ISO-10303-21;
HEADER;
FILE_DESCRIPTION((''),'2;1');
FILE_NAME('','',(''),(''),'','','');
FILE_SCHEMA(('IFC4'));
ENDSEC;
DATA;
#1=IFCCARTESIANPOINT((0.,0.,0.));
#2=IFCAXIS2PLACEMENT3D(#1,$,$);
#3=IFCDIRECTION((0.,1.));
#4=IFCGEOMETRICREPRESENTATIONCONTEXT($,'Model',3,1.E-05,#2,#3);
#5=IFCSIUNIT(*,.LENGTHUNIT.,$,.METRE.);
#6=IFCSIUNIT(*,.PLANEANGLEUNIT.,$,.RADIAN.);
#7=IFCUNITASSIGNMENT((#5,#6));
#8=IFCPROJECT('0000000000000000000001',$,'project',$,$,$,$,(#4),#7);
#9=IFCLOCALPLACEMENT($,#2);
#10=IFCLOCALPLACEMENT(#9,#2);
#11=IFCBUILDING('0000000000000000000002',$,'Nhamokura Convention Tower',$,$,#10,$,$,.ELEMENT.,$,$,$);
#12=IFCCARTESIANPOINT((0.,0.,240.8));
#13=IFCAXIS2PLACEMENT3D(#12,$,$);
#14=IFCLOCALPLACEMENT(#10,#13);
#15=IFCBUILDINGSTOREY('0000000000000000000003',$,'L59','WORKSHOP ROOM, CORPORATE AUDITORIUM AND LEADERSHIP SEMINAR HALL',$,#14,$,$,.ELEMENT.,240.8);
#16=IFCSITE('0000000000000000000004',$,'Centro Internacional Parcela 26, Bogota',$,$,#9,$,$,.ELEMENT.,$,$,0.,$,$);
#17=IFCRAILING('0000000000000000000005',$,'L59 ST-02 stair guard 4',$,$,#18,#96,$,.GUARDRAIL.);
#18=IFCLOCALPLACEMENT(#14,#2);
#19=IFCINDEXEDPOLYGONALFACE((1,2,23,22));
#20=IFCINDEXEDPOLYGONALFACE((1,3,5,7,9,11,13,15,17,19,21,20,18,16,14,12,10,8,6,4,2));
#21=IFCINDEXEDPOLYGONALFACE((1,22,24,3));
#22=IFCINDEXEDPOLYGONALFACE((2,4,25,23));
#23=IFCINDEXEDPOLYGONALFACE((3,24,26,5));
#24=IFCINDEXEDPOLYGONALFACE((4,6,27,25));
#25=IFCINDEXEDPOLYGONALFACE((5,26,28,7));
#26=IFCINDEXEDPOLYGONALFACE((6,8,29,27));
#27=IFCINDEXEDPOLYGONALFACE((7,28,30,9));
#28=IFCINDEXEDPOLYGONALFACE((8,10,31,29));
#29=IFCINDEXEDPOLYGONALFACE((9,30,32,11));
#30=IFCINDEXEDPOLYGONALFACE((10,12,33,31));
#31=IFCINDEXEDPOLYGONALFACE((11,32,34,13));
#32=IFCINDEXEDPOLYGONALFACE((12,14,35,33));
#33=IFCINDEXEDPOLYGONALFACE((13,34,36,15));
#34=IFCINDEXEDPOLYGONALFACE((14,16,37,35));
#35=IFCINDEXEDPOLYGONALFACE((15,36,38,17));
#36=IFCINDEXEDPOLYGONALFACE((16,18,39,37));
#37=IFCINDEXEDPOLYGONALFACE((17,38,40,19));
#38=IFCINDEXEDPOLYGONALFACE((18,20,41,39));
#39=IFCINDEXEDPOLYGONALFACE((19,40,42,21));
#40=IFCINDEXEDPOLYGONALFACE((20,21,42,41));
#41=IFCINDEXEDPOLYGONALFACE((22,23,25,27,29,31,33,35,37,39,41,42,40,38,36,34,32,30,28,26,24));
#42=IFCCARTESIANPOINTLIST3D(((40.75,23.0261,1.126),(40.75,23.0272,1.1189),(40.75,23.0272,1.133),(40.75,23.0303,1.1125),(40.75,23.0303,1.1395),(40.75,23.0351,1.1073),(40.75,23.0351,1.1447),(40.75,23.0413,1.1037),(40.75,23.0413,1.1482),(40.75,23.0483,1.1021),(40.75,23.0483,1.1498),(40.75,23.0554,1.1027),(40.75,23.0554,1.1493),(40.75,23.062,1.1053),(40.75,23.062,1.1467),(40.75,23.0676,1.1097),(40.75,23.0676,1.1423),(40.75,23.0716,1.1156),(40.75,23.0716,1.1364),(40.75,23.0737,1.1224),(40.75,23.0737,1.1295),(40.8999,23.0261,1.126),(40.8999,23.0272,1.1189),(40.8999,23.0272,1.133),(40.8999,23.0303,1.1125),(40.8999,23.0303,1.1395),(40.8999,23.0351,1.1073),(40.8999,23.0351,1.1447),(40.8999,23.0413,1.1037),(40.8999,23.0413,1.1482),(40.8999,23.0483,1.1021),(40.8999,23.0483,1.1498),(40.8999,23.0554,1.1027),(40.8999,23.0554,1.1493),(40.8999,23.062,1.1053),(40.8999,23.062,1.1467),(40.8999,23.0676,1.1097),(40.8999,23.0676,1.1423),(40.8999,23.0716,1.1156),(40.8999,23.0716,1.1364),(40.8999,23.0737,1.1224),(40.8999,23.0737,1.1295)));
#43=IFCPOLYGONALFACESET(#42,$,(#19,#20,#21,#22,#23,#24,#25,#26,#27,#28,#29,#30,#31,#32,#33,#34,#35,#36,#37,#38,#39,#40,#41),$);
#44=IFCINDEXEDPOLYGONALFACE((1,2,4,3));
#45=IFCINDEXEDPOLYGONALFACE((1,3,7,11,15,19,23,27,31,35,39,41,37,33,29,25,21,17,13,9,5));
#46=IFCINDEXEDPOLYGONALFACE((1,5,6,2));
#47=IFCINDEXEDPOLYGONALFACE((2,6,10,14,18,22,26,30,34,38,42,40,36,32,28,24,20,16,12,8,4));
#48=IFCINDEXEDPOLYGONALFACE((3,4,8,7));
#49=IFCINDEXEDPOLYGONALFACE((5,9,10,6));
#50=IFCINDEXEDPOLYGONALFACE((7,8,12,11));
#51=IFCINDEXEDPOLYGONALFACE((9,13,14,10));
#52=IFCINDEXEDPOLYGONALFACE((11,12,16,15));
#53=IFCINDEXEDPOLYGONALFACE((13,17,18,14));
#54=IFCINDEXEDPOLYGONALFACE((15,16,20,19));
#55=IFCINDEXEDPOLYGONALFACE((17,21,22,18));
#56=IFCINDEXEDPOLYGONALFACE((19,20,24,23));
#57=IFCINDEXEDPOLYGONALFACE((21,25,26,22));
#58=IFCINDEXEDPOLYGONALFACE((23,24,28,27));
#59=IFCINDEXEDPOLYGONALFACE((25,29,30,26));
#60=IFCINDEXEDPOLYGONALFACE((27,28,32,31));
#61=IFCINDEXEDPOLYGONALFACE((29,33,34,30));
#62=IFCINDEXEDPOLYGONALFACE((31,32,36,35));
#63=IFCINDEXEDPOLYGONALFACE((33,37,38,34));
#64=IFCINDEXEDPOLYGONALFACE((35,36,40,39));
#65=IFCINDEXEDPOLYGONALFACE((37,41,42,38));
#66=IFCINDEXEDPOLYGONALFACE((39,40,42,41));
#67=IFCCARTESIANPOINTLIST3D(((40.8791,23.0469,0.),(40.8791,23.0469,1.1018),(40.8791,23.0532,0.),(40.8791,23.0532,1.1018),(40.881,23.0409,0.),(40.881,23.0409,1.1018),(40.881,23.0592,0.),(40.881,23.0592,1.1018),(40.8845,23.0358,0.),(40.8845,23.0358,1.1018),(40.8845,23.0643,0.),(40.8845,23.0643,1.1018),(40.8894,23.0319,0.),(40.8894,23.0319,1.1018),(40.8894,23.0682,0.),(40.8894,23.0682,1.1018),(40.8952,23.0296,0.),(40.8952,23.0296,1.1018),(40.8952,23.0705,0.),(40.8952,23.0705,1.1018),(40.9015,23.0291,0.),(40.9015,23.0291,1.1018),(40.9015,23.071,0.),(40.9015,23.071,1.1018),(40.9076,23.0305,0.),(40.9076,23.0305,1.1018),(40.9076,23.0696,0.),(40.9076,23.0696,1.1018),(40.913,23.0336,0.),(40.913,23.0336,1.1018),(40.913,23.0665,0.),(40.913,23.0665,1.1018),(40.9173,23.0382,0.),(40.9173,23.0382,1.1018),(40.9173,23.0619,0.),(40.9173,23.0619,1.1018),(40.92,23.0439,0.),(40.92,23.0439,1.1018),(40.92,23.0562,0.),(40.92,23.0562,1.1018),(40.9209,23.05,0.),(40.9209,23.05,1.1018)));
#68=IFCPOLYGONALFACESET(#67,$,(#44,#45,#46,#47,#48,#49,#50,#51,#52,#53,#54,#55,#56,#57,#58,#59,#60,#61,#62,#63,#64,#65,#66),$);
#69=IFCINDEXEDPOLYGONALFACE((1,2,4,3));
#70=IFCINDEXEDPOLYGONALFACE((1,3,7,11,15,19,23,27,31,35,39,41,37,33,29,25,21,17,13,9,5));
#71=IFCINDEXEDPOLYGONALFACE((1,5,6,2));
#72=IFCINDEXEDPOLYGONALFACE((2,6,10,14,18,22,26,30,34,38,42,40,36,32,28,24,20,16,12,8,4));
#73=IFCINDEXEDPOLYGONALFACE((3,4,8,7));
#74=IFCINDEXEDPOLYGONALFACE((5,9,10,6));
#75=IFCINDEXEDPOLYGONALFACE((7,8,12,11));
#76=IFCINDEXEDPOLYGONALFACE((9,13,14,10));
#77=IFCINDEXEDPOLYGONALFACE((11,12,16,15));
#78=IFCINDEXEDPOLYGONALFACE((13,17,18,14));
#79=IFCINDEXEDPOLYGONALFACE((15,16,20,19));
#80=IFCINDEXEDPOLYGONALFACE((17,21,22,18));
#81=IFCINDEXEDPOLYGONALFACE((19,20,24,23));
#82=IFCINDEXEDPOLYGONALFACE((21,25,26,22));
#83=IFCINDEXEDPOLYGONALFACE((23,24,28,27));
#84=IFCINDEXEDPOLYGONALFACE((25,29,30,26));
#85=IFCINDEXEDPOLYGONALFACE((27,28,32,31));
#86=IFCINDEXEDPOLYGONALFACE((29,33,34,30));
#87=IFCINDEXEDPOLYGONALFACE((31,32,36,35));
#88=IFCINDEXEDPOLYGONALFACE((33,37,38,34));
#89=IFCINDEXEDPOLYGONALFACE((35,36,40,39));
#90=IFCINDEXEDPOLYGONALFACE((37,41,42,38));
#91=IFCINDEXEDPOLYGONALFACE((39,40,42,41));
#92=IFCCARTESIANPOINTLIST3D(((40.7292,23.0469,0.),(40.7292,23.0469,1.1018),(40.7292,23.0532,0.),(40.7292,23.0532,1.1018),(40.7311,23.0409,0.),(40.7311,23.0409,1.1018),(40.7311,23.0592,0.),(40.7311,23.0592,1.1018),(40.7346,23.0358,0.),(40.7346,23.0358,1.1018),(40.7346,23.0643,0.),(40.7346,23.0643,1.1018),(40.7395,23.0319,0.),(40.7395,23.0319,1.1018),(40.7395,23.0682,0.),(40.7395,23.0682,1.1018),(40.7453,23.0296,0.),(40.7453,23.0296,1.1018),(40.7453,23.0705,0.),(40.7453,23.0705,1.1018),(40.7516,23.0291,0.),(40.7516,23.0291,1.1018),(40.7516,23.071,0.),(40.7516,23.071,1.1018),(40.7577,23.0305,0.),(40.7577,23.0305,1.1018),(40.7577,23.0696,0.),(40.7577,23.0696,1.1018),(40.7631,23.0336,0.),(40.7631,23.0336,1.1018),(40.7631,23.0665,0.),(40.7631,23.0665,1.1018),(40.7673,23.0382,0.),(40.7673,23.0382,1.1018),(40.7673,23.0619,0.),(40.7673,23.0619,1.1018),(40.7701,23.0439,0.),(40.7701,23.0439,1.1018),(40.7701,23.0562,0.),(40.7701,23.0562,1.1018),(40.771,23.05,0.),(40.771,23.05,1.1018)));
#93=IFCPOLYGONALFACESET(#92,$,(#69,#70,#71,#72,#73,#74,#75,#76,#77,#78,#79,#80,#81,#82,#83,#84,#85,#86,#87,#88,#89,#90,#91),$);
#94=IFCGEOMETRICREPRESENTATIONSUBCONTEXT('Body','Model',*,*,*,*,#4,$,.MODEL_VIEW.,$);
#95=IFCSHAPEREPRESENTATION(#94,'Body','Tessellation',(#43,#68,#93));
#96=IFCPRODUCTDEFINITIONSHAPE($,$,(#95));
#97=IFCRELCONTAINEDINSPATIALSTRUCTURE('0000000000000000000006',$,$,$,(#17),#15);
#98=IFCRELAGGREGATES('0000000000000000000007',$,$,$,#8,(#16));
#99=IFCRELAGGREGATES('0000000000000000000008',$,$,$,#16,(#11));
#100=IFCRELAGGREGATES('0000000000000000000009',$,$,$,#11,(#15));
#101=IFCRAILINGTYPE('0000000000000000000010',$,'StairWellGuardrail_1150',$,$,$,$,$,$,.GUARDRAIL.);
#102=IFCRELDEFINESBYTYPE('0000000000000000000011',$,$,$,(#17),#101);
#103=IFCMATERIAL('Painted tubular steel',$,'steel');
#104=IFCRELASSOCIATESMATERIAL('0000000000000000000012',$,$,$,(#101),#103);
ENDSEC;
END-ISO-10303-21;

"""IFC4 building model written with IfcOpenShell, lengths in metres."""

from ifc_helpers import new_model, si_unit, direction, frame, origin, origin_2d, place, context, subcontext, project, spatial, circle, extrude, material, type_object, element, save


model = new_model("IFC4")

# Units and contexts
model_context = context("Model", 3, precision=1e-05, world=origin(), true_north=direction((0.0, 1.0)))
body_context = subcontext(model_context, "Body", "Model", "MODEL_VIEW")
ifc_project = project(units=[si_unit("LENGTHUNIT", "METRE"), si_unit("PLANEANGLEUNIT", "RADIAN")], contexts=[model_context])

# Site, building, storey
site_placement = place(None, origin())
site = spatial("IfcSite", under=ifc_project, at=site_placement, Name="Centro Internacional Parcela 26, Bogota", CompositionType="ELEMENT", RefElevation=0.0)
building_placement = place(site_placement, origin())
building = spatial("IfcBuilding", under=site, at=building_placement, Name="Nhamokura Convention Tower", CompositionType="ELEMENT")
storey_placement = place(building_placement, frame((0.0, 0.0, 240.8)))
storey = spatial("IfcBuildingStorey", under=building, at=storey_placement, Name="L59", Description="WORKSHOP ROOM, CORPORATE AUDITORIUM AND LEADERSHIP SEMINAR HALL", CompositionType="ELEMENT", Elevation=240.8)

# Railing
ifc_material_1 = material(Name="Painted tubular steel", Category="steel")
railing_type_1 = type_object("IfcRailingType", Name="StairWellGuardrail_1150", PredefinedType="GUARDRAIL", material=ifc_material_1)
railing_1_placement = place(storey_placement, frame((40.8999, 23.05, 0.0)))
element("IfcRailing", 1, at=railing_1_placement, inside=storey, type_object=railing_type_1, Name="L59 ST-02 stair guard 4", PredefinedType="GUARDRAIL", context=body_context, shape_type="SweptSolid", body=[
    extrude(circle(Radius=0.0239, at=origin_2d()), frame((0.0, 0.0, 1.126), z_axis=(-1.0, 0.0, 0.0), x_axis=(0.0, -1.0, 0.0)), (0.0, 0.0, 1.0), 0.1499),
    extrude(circle(Radius=0.021, at=origin_2d()), origin(), (0.0, 0.0, 1.0), 1.1018),
    extrude(circle(Radius=0.021, at=origin_2d()), frame((-0.1499, 0.0, 0.0)), (0.0, 0.0, 1.0), 1.1018),
])

save(model, "model.ifc")
